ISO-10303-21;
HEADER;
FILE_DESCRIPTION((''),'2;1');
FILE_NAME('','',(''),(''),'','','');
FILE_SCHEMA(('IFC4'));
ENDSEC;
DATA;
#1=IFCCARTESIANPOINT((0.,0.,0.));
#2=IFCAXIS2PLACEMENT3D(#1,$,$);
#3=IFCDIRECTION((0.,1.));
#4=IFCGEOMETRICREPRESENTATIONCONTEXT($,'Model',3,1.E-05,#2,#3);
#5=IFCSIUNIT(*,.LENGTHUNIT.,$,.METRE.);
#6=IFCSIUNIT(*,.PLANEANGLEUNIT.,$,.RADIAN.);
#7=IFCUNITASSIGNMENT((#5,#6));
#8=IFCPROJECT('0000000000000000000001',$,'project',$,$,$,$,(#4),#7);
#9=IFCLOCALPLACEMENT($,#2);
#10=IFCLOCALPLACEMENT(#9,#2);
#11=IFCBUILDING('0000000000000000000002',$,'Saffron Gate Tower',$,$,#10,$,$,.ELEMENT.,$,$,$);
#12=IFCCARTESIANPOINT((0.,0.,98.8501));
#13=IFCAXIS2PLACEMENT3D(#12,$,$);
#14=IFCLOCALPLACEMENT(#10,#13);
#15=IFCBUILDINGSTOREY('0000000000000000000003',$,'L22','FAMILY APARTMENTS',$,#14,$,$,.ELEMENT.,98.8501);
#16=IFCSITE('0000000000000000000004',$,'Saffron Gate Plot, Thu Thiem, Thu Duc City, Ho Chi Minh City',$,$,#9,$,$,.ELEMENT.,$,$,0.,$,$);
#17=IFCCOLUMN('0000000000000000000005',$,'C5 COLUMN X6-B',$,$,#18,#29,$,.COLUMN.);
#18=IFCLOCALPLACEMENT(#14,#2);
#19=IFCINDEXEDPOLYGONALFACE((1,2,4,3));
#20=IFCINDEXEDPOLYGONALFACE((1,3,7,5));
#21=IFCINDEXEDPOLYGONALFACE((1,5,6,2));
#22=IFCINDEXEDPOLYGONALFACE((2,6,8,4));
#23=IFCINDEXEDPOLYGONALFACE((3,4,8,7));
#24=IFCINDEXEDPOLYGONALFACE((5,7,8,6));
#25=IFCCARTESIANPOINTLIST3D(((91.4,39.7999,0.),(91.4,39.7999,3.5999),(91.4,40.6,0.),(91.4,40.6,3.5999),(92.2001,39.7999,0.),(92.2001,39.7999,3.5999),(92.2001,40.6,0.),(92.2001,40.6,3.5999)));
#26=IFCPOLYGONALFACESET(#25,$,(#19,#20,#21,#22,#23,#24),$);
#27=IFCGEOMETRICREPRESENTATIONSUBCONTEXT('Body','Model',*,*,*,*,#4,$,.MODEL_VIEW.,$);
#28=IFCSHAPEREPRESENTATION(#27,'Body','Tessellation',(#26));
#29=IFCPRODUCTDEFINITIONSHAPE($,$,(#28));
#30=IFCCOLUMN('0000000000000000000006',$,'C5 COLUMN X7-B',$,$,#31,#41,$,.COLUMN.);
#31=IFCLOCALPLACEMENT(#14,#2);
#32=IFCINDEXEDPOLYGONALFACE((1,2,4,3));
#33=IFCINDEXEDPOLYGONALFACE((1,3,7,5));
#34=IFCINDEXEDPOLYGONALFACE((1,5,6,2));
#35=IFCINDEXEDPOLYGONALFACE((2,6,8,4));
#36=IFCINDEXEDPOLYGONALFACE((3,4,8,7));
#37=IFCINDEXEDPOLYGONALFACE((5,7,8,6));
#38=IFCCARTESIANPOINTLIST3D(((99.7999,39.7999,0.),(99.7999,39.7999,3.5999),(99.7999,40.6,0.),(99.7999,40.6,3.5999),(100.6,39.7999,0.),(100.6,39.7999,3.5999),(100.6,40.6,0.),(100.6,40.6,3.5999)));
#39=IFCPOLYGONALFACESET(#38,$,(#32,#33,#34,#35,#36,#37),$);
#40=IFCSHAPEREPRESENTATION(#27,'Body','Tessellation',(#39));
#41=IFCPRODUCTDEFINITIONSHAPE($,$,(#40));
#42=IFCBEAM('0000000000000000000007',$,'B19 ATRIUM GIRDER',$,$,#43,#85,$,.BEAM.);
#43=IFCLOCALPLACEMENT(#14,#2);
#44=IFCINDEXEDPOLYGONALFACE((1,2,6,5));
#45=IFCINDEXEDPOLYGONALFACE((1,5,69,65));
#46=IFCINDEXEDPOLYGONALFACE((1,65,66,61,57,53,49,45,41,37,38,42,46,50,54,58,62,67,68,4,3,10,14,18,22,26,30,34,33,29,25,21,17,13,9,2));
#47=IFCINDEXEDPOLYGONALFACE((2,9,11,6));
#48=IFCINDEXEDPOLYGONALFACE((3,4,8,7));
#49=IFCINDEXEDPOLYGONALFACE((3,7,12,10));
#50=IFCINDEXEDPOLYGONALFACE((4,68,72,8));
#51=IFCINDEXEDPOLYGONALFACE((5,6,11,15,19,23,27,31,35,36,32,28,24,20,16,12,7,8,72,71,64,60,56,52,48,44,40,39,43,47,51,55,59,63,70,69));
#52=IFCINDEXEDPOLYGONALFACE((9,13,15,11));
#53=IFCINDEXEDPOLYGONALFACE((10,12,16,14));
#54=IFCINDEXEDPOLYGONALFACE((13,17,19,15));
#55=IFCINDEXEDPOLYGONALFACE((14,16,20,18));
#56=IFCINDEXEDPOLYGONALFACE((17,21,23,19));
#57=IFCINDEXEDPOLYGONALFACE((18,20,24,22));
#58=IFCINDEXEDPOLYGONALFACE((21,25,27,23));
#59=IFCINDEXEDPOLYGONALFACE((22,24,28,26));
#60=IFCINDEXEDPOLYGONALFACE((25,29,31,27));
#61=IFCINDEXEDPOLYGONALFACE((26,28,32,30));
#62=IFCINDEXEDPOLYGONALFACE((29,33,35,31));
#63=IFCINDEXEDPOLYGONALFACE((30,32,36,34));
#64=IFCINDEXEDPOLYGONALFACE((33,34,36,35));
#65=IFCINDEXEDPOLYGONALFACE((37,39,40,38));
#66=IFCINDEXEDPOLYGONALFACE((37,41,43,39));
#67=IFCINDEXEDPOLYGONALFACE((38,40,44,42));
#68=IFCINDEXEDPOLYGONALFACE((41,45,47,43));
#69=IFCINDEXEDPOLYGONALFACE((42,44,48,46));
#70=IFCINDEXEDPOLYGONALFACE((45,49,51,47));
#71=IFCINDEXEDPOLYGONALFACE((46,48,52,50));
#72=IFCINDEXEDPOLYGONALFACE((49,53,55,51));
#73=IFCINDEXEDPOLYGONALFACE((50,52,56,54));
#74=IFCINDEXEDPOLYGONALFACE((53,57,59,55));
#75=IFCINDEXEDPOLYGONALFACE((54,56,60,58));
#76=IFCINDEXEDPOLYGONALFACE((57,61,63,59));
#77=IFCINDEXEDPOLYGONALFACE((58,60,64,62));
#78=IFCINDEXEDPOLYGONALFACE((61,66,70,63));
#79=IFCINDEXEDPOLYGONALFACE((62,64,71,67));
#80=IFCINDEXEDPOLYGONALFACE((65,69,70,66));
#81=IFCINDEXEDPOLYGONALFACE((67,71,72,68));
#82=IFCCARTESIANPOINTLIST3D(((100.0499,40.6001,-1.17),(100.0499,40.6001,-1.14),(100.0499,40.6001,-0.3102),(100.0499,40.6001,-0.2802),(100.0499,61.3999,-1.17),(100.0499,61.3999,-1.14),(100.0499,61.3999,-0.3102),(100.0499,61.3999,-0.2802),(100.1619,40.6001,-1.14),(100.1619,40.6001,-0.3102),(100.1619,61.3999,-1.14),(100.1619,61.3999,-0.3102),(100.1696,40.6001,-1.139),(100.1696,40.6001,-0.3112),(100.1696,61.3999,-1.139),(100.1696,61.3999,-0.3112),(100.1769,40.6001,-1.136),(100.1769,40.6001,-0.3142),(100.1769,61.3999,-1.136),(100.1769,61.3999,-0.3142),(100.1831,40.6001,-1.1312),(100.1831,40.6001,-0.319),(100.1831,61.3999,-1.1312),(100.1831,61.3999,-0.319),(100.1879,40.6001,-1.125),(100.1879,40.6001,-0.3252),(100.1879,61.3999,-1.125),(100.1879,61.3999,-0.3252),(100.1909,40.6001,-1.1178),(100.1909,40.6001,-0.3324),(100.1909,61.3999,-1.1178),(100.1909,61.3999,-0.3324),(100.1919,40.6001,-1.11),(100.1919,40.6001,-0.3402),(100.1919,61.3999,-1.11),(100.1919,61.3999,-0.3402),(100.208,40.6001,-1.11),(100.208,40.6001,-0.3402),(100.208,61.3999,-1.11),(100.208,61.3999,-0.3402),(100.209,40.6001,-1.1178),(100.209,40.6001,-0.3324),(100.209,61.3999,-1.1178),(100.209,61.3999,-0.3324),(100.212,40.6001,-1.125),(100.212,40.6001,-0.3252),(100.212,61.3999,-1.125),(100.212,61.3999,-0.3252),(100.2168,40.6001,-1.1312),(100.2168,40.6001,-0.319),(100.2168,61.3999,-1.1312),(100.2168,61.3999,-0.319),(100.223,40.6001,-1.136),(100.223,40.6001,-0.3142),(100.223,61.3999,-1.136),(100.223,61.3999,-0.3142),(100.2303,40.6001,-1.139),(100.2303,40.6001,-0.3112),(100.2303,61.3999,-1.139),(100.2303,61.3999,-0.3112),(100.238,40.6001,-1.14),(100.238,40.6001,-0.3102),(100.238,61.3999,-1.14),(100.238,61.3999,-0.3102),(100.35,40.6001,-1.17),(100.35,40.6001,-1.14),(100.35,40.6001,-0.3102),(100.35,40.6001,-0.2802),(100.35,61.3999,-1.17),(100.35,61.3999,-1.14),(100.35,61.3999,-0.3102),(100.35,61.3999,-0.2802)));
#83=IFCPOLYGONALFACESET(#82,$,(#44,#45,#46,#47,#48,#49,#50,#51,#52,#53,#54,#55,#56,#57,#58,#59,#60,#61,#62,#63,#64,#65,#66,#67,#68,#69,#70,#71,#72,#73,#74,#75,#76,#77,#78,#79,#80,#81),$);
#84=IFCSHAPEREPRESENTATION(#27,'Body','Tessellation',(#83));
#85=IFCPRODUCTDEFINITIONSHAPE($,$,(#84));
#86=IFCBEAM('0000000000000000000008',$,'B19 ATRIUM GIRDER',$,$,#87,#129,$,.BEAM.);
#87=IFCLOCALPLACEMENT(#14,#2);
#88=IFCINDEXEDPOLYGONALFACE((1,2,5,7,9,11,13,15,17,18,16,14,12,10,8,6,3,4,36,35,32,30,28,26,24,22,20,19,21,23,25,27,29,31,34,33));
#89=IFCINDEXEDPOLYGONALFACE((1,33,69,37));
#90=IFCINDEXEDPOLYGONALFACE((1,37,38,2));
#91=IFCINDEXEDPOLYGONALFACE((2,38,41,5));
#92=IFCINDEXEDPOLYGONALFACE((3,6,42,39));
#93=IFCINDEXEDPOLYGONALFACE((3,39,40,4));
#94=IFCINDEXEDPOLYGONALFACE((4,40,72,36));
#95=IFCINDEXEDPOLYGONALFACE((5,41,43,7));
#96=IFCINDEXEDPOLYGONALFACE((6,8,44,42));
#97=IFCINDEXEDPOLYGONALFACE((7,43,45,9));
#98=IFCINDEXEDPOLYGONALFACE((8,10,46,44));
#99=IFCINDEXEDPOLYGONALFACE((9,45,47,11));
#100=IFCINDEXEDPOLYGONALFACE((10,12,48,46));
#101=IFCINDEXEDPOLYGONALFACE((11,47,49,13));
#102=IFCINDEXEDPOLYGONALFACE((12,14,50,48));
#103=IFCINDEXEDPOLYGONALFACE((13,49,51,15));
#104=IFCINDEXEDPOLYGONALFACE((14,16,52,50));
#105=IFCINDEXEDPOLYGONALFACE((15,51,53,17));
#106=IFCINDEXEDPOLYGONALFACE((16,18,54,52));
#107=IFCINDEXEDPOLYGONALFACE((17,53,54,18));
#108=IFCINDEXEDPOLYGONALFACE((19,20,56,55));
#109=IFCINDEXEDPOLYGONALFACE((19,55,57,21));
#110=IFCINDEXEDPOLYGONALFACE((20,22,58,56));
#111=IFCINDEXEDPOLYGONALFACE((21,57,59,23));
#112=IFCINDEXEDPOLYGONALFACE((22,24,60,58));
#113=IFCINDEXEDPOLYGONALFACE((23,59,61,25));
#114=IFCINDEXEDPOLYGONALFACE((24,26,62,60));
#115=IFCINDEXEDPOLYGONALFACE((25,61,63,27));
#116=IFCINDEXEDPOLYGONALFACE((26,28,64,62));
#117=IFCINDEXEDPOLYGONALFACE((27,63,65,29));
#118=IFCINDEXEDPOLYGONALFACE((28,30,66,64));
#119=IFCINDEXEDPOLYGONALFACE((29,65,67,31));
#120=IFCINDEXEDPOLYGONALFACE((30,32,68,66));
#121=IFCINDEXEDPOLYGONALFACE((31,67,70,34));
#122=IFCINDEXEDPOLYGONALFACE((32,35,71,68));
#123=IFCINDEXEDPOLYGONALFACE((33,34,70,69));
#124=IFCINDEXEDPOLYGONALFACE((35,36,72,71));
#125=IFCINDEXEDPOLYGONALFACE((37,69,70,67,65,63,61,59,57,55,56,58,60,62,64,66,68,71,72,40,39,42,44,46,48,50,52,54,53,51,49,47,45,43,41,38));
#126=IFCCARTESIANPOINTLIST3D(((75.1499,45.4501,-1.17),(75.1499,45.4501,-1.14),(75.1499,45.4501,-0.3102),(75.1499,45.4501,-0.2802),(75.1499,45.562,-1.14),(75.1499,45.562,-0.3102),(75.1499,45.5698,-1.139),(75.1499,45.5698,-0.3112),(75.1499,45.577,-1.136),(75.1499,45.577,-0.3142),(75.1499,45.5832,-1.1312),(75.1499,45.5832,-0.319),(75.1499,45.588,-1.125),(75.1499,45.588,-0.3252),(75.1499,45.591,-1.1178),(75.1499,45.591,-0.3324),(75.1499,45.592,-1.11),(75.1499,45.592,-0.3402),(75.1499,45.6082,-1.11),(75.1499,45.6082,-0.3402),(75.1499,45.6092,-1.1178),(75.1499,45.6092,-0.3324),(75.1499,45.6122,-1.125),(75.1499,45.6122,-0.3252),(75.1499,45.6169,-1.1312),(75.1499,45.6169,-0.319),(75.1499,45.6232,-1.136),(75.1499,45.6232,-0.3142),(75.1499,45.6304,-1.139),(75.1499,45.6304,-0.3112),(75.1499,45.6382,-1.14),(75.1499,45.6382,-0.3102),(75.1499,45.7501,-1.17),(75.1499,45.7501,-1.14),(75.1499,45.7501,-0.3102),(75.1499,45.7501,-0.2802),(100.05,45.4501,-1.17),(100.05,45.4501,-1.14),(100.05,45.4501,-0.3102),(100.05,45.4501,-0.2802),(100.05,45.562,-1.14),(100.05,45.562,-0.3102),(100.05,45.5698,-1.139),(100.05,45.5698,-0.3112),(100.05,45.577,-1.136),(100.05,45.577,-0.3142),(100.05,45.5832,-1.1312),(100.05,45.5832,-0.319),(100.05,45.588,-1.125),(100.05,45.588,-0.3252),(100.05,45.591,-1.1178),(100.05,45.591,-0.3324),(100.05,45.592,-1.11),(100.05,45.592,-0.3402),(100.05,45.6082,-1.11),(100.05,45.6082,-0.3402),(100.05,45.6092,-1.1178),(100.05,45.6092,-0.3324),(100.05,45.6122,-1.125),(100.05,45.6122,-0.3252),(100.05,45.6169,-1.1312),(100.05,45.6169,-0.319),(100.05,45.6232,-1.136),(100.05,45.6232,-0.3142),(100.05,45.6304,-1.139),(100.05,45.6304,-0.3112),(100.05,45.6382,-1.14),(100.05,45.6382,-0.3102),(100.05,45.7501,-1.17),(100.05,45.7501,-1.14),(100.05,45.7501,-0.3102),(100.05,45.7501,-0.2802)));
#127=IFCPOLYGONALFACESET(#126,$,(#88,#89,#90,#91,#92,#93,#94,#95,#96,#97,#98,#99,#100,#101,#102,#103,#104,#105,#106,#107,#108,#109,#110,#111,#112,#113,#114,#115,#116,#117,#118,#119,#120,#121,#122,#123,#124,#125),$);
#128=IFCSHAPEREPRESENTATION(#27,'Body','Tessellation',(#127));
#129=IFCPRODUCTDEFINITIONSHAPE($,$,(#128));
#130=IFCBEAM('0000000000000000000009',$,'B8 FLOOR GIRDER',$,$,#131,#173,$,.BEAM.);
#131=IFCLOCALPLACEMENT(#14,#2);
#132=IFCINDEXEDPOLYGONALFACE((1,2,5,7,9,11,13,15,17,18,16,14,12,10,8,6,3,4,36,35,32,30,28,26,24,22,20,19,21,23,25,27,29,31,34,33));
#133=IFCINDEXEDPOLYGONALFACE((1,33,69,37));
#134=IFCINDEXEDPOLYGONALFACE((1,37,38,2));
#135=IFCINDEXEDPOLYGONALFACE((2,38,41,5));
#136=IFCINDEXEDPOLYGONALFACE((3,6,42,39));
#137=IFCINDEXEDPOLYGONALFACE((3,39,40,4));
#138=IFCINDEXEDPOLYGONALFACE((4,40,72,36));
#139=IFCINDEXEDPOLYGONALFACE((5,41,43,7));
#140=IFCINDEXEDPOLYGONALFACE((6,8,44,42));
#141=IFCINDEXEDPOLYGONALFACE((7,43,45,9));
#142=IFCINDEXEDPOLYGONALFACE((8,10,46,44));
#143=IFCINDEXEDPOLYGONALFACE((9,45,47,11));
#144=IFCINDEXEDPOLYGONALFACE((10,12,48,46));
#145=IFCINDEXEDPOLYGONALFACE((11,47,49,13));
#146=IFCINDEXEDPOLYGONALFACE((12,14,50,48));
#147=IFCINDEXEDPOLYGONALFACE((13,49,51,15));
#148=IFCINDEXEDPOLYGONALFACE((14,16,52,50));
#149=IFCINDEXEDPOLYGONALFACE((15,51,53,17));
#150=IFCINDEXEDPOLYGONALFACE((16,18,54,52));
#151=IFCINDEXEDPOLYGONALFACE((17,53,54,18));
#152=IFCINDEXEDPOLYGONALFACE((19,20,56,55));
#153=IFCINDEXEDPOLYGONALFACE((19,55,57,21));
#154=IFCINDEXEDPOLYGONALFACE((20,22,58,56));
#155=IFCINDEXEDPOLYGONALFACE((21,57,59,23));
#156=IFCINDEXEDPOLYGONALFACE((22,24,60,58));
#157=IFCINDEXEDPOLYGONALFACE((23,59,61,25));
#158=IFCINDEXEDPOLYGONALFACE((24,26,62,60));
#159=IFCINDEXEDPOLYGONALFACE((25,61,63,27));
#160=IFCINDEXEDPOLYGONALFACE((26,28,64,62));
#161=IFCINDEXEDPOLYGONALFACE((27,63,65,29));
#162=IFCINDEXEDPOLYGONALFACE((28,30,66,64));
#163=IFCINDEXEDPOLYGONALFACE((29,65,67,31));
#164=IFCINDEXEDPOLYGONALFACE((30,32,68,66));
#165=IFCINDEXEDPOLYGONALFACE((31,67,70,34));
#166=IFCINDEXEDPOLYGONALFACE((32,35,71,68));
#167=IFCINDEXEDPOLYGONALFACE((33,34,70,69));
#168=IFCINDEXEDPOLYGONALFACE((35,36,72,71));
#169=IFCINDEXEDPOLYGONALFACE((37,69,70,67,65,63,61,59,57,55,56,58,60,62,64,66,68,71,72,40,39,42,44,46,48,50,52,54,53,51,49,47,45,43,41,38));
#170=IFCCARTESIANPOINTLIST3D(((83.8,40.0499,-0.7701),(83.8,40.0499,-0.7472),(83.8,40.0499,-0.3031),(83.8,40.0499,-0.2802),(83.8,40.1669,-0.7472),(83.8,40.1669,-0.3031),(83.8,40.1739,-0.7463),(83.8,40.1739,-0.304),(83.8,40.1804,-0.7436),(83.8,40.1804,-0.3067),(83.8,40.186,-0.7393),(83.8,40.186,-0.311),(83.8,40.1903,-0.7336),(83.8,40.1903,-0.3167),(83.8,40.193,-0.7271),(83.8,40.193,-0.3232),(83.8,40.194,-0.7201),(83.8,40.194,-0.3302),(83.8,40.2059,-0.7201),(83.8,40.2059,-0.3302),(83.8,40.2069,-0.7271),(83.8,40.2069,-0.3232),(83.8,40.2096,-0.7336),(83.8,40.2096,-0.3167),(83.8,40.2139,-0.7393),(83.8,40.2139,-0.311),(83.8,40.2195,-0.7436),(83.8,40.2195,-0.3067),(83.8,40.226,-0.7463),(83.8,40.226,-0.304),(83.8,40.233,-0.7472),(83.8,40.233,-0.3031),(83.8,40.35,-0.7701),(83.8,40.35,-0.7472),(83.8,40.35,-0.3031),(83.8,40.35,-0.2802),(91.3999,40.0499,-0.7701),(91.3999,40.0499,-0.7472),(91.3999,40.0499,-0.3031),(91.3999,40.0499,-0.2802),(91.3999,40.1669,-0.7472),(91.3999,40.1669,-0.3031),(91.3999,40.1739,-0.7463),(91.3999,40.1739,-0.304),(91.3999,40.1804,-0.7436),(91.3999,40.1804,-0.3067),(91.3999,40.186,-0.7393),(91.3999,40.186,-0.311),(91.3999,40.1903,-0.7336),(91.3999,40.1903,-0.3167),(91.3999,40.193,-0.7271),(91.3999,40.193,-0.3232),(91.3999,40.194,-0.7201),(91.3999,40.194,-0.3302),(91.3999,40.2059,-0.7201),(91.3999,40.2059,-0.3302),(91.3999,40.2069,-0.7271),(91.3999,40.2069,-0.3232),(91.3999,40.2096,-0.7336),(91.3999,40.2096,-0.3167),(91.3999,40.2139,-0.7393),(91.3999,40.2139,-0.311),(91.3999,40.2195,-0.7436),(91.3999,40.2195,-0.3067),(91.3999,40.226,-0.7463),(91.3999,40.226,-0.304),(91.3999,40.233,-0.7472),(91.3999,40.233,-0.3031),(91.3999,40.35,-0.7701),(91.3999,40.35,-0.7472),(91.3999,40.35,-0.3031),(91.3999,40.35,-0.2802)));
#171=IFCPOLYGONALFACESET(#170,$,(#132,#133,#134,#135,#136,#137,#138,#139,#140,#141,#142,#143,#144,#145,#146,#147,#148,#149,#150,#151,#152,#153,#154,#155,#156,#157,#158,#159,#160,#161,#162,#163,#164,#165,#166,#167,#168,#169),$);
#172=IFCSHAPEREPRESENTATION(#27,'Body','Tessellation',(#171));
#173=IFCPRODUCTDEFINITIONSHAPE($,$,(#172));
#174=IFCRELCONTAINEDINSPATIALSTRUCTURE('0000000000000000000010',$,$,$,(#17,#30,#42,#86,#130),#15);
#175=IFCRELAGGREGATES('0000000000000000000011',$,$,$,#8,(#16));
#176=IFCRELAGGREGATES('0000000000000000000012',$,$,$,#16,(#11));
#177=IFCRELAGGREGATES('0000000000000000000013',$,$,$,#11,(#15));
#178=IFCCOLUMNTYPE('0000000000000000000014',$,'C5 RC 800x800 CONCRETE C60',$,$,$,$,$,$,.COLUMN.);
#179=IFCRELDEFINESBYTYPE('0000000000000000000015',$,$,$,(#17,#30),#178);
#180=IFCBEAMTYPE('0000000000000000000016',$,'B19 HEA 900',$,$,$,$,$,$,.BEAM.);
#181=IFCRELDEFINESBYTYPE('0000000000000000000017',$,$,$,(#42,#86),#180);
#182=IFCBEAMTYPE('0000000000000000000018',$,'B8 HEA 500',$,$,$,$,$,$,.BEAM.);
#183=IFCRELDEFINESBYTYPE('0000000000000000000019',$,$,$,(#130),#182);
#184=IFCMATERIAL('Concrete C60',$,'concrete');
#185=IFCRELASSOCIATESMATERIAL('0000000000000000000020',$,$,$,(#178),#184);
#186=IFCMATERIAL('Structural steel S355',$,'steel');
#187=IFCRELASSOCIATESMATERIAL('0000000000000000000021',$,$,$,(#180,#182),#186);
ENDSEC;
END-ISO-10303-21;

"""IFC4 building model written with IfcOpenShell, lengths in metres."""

from ifc_helpers import new_model, si_unit, direction, frame, origin, origin_2d, place, context, subcontext, project, spatial, rectangle, i_section, extrude, material, material_profile, profile_set, type_object, element, save


model = new_model("IFC4")

# Units and contexts
model_context = context("Model", 3, precision=1e-05, world=origin(), true_north=direction((0.0, 1.0)))
body_context = subcontext(model_context, "Body", "Model", "MODEL_VIEW")
ifc_project = project(units=[si_unit("LENGTHUNIT", "METRE"), si_unit("PLANEANGLEUNIT", "RADIAN")], contexts=[model_context])

# Site, building, storey
site_placement = place(None, origin())
site = spatial("IfcSite", under=ifc_project, at=site_placement, Name="Saffron Gate Plot, Thu Thiem, Thu Duc City, Ho Chi Minh City", CompositionType="ELEMENT", RefElevation=0.0)
building_placement = place(site_placement, origin())
building = spatial("IfcBuilding", under=site, at=building_placement, Name="Saffron Gate Tower", CompositionType="ELEMENT")
storey_placement = place(building_placement, frame((0.0, 0.0, 98.8501)))
storey = spatial("IfcBuildingStorey", under=building, at=storey_placement, Name="L22", Description="FAMILY APARTMENTS", CompositionType="ELEMENT", Elevation=98.8501)

# Columns
ifc_material_1 = material(Name="Concrete C60", Category="concrete")
ifc_material_profile_1 = material_profile(ifc_material_1, rectangle(XDim=0.8, YDim=0.8, at=origin_2d()))
ifc_profile_set_1 = profile_set([ifc_material_profile_1], Name="Concrete C60")
column_type = type_object("IfcColumnType", Name="C5 RC 800x800 CONCRETE C60", PredefinedType="COLUMN", material=ifc_profile_set_1)
for number, where, z_axis, x_axis, name in (
    (1, (91.8, 40.2, 0.0), (0.0, 0.0, 1.0), (1.0, 0.0, 0.0), "C5 COLUMN X6-B"),
    (2, (100.2, 40.2, 0.0), (0.0, 0.0, 1.0), (1.0, 0.0, 0.0), "C5 COLUMN X7-B"),
):
    element("IfcColumn", number, at=place(storey_placement, frame(where, z_axis=z_axis, x_axis=x_axis)), inside=storey, type_object=column_type, Name=name, PredefinedType="COLUMN", context=body_context, shape_type="SweptSolid", body=[
        extrude(rectangle(XDim=0.8, YDim=0.8, at=origin_2d()), origin(), (0.0, 0.0, 1.0), 3.5999),
    ])

# Beams
ifc_material_2 = material(Name="Structural steel S355", Category="steel")
ifc_material_profile_2 = material_profile(ifc_material_2, i_section(OverallWidth=0.3, OverallDepth=0.8899, WebThickness=0.0161, FlangeThickness=0.03, FilletRadius=0.03, at=origin_2d()))
ifc_profile_set_2 = profile_set([ifc_material_profile_2], Name="Structural steel S355")
beam_type_1 = type_object("IfcBeamType", Name="B19 HEA 900", PredefinedType="BEAM", material=ifc_profile_set_2)
beam_1_placement = place(storey_placement, frame((100.2, 40.6001, -0.7251), z_axis=(0.0, 1.0, 0.0), x_axis=(-1.0, 0.0, 0.0)))
element("IfcBeam", 3, at=beam_1_placement, inside=storey, type_object=beam_type_1, Name="B19 ATRIUM GIRDER", PredefinedType="BEAM", context=body_context, shape_type="SweptSolid", body=[
    extrude(i_section(OverallWidth=0.3, OverallDepth=0.8899, WebThickness=0.0161, FlangeThickness=0.03, FilletRadius=0.03, at=origin_2d()), origin(), (0.0, 0.0, 1.0), 20.7998),
])
beam_2_placement = place(storey_placement, frame((75.1499, 45.6001, -0.7251), z_axis=(1.0, 0.0, 0.0), x_axis=(0.0, 1.0, 0.0)))
element("IfcBeam", 4, at=beam_2_placement, inside=storey, type_object=beam_type_1, Name="B19 ATRIUM GIRDER", PredefinedType="BEAM", context=body_context, shape_type="SweptSolid", body=[
    extrude(i_section(OverallWidth=0.3, OverallDepth=0.8899, WebThickness=0.0161, FlangeThickness=0.03, FilletRadius=0.03, at=origin_2d()), origin(), (0.0, 0.0, 1.0), 24.9001),
])
ifc_material_profile_3 = material_profile(ifc_material_2, i_section(OverallWidth=0.3, OverallDepth=0.49, WebThickness=0.012, FlangeThickness=0.0229, FilletRadius=0.0271, at=origin_2d()))
ifc_profile_set_3 = profile_set([ifc_material_profile_3], Name="Structural steel S355")
beam_type_2 = type_object("IfcBeamType", Name="B8 HEA 500", PredefinedType="BEAM", material=ifc_profile_set_3)
beam_3_placement = place(storey_placement, frame((83.8, 40.2, -0.5251), z_axis=(1.0, 0.0, 0.0), x_axis=(0.0, 1.0, 0.0)))
element("IfcBeam", 5, at=beam_3_placement, inside=storey, type_object=beam_type_2, Name="B8 FLOOR GIRDER", PredefinedType="BEAM", context=body_context, shape_type="SweptSolid", body=[
    extrude(i_section(OverallWidth=0.3, OverallDepth=0.49, WebThickness=0.012, FlangeThickness=0.0229, FilletRadius=0.0271, at=origin_2d()), origin(), (0.0, 0.0, 1.0), 7.5999),
])

save(model, "model.ifc")
